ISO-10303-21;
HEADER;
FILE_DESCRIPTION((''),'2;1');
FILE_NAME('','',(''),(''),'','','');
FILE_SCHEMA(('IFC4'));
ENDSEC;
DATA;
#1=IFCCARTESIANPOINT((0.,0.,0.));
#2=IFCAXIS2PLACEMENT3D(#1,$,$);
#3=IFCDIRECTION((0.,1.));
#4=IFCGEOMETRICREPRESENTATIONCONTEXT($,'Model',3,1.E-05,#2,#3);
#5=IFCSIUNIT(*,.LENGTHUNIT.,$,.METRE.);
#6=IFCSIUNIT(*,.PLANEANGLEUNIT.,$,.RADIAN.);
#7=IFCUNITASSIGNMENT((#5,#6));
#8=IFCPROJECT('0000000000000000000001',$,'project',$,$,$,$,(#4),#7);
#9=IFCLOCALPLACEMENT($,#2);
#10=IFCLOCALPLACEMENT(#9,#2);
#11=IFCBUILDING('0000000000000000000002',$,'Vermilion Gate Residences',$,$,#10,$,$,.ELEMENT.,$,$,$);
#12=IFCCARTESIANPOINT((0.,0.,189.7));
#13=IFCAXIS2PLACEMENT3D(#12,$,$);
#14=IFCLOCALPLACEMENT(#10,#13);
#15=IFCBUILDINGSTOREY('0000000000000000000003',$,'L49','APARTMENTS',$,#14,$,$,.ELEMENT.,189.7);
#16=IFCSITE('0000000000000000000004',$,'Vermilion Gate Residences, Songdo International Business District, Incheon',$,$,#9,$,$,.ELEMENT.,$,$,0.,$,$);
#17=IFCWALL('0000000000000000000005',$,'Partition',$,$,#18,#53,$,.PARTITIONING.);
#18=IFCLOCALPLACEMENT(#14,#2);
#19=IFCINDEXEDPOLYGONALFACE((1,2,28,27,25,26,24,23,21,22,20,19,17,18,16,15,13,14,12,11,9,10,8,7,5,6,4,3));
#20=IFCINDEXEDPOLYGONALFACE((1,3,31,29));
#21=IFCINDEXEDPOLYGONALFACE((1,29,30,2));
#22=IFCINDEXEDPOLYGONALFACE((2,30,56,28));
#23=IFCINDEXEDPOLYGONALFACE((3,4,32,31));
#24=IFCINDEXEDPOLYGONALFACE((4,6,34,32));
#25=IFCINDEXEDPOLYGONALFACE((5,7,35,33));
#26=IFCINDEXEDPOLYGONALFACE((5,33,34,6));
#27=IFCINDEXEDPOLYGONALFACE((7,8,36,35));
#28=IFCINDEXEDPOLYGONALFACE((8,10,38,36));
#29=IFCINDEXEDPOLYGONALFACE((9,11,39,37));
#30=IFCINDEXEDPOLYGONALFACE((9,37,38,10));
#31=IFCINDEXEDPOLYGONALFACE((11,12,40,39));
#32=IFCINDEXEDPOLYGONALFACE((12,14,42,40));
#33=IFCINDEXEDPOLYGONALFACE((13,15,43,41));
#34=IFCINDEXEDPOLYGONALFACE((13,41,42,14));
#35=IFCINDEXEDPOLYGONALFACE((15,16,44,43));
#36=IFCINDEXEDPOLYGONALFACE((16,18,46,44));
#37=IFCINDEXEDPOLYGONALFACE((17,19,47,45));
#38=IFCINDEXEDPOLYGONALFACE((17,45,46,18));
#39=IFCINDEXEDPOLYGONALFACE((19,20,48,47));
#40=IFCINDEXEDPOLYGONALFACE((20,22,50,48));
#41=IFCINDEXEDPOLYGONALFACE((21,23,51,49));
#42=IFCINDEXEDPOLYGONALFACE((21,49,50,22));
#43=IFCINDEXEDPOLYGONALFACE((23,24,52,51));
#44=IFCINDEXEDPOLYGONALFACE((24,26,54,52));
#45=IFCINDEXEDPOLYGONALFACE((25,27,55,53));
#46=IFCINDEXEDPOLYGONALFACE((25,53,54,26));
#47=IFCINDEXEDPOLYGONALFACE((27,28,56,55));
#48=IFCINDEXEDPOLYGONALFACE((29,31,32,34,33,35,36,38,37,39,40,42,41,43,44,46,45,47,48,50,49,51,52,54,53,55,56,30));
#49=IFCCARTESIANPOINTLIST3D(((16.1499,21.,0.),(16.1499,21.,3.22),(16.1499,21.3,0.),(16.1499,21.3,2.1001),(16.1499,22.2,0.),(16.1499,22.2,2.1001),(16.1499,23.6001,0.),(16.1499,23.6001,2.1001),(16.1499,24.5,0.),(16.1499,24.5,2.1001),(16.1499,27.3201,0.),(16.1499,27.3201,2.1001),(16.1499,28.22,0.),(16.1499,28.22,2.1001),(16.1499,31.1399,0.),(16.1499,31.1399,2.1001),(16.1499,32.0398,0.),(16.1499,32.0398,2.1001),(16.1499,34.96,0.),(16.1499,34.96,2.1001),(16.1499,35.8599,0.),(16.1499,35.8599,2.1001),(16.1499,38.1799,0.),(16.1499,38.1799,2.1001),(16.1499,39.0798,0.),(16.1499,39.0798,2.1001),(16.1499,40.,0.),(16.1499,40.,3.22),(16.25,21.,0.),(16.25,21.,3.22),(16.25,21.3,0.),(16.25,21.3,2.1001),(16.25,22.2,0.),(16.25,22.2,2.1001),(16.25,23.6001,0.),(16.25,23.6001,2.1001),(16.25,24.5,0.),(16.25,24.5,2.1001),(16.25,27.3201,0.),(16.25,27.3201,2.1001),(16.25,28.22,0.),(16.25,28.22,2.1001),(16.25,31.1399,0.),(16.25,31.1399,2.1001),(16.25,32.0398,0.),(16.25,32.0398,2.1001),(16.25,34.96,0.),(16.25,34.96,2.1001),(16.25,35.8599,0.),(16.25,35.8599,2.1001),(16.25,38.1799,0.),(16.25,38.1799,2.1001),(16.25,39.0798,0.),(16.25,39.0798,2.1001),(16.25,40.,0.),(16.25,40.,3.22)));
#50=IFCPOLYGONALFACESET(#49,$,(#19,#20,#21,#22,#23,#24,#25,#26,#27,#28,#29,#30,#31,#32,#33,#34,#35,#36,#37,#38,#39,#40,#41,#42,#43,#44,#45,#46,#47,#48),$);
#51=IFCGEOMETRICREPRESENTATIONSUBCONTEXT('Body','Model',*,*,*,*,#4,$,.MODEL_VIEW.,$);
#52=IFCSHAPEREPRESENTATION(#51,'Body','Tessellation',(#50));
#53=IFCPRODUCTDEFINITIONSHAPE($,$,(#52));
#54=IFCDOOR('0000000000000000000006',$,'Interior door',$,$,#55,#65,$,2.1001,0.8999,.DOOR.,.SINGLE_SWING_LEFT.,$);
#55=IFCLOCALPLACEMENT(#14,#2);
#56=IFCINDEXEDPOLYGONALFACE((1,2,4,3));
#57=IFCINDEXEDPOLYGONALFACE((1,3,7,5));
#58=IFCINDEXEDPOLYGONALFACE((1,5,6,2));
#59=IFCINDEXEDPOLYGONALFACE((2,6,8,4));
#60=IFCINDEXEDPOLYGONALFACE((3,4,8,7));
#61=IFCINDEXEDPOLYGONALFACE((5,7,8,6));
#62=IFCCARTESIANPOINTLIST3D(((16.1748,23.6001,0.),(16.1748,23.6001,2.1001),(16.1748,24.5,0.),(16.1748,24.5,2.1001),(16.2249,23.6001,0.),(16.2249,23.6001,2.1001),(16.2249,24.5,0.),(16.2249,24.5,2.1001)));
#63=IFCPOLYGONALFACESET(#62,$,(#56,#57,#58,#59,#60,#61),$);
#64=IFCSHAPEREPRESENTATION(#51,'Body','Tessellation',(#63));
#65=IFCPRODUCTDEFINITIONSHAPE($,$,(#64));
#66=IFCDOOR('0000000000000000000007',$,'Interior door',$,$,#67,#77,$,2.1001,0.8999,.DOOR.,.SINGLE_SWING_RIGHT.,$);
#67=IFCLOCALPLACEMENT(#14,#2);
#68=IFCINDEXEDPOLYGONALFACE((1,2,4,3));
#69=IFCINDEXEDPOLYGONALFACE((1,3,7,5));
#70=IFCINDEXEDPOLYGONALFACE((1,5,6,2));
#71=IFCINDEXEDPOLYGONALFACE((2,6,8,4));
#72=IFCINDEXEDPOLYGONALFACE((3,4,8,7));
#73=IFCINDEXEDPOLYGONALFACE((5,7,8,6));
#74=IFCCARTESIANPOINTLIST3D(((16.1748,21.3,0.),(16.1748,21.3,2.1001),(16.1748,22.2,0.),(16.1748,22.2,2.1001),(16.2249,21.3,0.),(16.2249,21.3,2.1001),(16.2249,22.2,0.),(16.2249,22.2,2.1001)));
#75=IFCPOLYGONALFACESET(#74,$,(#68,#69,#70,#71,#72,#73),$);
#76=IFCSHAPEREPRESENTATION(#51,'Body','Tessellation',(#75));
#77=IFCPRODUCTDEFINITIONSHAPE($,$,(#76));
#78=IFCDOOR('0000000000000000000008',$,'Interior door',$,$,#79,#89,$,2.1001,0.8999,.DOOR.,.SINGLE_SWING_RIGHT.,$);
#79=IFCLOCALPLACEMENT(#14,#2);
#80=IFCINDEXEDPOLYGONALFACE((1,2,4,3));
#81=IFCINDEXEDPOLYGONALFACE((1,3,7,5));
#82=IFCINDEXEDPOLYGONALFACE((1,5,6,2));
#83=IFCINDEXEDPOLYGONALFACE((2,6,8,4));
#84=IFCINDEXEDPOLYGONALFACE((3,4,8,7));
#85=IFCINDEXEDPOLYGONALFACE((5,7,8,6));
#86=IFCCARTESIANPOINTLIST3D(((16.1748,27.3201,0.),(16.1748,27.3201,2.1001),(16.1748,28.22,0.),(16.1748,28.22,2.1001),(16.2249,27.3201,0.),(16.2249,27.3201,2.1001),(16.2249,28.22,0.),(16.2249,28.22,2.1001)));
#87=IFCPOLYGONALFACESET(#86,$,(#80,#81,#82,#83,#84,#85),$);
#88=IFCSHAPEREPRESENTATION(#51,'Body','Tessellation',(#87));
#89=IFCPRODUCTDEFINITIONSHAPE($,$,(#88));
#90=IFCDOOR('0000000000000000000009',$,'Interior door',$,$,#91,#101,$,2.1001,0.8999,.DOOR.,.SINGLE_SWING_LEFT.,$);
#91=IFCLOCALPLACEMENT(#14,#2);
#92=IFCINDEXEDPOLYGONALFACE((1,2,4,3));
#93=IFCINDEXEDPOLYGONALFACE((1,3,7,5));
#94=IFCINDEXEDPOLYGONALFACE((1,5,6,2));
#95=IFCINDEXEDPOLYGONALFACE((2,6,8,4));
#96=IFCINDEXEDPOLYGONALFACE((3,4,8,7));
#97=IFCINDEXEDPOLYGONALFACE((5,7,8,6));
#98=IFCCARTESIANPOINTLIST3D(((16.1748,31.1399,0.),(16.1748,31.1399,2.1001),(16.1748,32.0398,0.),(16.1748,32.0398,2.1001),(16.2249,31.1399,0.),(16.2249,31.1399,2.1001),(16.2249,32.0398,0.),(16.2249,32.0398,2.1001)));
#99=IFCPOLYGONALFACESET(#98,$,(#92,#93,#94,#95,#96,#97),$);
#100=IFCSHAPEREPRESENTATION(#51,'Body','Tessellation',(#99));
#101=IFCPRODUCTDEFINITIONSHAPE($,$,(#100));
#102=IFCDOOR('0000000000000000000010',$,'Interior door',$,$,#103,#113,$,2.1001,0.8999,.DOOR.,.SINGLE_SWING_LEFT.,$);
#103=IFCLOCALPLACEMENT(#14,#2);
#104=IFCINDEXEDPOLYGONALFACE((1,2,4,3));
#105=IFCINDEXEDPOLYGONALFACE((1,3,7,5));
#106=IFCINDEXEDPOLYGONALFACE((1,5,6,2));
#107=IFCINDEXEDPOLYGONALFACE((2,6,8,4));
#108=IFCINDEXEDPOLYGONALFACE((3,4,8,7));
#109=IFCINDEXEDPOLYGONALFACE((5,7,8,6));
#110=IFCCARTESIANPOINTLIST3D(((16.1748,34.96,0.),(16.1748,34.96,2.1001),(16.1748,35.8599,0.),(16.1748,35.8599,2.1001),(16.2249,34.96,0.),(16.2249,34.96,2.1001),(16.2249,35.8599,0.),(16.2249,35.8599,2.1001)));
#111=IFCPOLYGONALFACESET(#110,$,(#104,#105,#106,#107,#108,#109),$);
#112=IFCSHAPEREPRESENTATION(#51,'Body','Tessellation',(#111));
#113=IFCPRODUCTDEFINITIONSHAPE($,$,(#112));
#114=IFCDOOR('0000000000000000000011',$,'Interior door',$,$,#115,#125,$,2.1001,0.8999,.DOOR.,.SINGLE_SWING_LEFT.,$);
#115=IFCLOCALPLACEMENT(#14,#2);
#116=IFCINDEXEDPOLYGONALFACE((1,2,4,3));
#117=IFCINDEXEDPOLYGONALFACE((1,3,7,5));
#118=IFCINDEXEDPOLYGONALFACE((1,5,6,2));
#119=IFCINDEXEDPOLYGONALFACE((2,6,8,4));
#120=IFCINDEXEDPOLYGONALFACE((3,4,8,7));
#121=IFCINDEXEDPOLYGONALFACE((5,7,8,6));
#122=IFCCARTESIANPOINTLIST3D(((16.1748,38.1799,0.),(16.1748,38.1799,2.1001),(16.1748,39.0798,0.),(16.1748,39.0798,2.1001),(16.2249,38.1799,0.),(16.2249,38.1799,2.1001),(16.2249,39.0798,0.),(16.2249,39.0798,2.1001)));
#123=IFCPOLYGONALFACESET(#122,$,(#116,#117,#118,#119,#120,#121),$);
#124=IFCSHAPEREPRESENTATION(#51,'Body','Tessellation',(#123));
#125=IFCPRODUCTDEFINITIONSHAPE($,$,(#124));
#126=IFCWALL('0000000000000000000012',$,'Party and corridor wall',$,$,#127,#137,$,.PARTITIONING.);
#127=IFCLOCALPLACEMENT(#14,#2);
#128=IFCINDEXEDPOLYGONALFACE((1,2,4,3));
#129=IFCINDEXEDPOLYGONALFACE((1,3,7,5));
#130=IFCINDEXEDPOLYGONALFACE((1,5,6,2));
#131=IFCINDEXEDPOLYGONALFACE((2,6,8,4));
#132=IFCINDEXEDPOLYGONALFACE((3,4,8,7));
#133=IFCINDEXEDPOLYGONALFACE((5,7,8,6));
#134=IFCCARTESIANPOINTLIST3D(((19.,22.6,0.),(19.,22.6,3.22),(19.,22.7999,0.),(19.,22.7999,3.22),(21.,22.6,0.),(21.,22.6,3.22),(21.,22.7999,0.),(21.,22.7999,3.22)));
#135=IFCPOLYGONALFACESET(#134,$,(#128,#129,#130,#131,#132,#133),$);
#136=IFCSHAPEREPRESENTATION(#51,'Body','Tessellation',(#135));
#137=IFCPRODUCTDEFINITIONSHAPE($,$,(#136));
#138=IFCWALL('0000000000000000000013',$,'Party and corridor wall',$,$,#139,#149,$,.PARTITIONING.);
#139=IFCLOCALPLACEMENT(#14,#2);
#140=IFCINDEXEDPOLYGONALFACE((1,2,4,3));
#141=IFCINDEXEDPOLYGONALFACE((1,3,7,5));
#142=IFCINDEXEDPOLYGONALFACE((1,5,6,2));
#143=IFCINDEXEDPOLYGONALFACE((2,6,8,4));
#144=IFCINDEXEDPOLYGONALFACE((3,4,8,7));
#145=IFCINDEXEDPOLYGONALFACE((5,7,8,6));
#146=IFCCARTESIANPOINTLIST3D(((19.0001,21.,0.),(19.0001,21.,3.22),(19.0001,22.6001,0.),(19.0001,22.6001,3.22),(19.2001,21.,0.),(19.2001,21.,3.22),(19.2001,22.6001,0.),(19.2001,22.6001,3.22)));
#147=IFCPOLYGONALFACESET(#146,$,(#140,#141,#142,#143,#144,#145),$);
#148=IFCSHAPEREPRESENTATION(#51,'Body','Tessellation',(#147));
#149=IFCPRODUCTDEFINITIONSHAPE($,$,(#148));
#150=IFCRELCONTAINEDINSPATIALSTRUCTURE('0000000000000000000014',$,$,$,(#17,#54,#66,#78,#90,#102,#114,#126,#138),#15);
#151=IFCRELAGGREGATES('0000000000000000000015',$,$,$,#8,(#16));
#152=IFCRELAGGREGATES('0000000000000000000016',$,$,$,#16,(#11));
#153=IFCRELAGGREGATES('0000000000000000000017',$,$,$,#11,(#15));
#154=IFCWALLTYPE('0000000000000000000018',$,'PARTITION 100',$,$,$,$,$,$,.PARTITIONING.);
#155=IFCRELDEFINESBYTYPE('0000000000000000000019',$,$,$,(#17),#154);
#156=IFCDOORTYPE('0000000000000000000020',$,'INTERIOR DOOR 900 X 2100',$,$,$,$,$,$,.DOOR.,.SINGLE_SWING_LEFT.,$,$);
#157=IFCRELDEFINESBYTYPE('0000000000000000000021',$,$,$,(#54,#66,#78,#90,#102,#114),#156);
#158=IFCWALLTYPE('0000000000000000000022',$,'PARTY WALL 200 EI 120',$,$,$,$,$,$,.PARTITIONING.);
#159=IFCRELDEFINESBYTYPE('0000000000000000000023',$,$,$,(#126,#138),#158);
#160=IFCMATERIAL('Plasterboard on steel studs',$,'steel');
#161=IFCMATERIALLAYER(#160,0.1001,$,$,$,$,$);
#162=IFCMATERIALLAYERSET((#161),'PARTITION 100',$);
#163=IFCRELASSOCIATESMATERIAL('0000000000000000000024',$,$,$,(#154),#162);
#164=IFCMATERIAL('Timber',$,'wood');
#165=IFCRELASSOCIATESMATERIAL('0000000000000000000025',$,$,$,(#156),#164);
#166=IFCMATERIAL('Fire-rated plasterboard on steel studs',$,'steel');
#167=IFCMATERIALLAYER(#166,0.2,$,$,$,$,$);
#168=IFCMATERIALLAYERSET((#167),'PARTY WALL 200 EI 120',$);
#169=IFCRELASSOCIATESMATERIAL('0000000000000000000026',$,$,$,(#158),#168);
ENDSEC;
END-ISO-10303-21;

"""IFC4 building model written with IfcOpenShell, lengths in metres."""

from ifc_helpers import new_model, si_unit, direction, frame, frame_2d, origin, place, context, subcontext, project, spatial, rectangle, extrude, material, layer, layer_set, type_object, element, fill, save


model = new_model("IFC4")

# Units and contexts
model_context = context("Model", 3, precision=1e-05, world=origin(), true_north=direction((0.0, 1.0)))
body_context = subcontext(model_context, "Body", "Model", "MODEL_VIEW")
ifc_project = project(units=[si_unit("LENGTHUNIT", "METRE"), si_unit("PLANEANGLEUNIT", "RADIAN")], contexts=[model_context])

# Site, building, storey
site_placement = place(None, origin())
site = spatial("IfcSite", under=ifc_project, at=site_placement, Name="Vermilion Gate Residences, Songdo International Business District, Incheon", CompositionType="ELEMENT", RefElevation=0.0)
building_placement = place(site_placement, origin())
building = spatial("IfcBuilding", under=site, at=building_placement, Name="Vermilion Gate Residences", CompositionType="ELEMENT")
storey_placement = place(building_placement, frame((0.0, 0.0, 189.7)))
storey = spatial("IfcBuildingStorey", under=building, at=storey_placement, Name="L49", Description="APARTMENTS", CompositionType="ELEMENT", Elevation=189.7)

# Shared definitions
ifc_material_1 = material(Name="Plasterboard on steel studs", Category="steel")
ifc_layer_1 = layer(ifc_material_1, 0.1001)
ifc_layer_set_1 = layer_set([ifc_layer_1], Name="PARTITION 100")
wall_type_1 = type_object("IfcWallType", Name="PARTITION 100", PredefinedType="PARTITIONING", material=ifc_layer_set_1)

# Wall, openings, doors
wall_1_placement = place(storey_placement, frame((16.2, 21.0, 0.0), z_axis=(0.0, 0.0, 1.0), x_axis=(0.0, 1.0, 0.0)))
wall_1 = element("IfcWall", 1, at=wall_1_placement, inside=storey, type_object=wall_type_1, Name="Partition", PredefinedType="PARTITIONING", context=body_context, shape_type="SweptSolid", body=[
    extrude(rectangle(XDim=19.0, YDim=0.1001, at=frame_2d((9.5, 0.0))), origin(), (0.0, 0.0, 1.0), 3.22),
])
opening_1_placement = place(wall_1_placement, frame((2.6001, 0.0, 0.0)))
opening_1 = element("IfcOpeningElement", 2, at=opening_1_placement, cuts=wall_1, PredefinedType="OPENING", context=body_context, shape_type="SweptSolid", body=[
    extrude(rectangle(XDim=0.8999, YDim=2.1001, at=frame_2d((0.45, 1.05))), frame((0.0, 0.0601, 0.0), z_axis=(0.0, -1.0, 0.0), x_axis=(1.0, 0.0, 0.0)), (0.0, 0.0, 1.0), 0.1201),
])
opening_2_placement = place(wall_1_placement, frame((0.3, 0.0, 0.0)))
opening_2 = element("IfcOpeningElement", 3, at=opening_2_placement, cuts=wall_1, PredefinedType="OPENING", context=body_context, shape_type="SweptSolid", body=[
    extrude(rectangle(XDim=0.8999, YDim=2.1001, at=frame_2d((0.45, 1.05))), frame((0.0, 0.0601, 0.0), z_axis=(0.0, -1.0, 0.0), x_axis=(1.0, 0.0, 0.0)), (0.0, 0.0, 1.0), 0.1201),
])
opening_3_placement = place(wall_1_placement, frame((6.3201, 0.0, 0.0)))
opening_3 = element("IfcOpeningElement", 4, at=opening_3_placement, cuts=wall_1, PredefinedType="OPENING", context=body_context, shape_type="SweptSolid", body=[
    extrude(rectangle(XDim=0.8999, YDim=2.1001, at=frame_2d((0.45, 1.05))), frame((0.0, 0.0601, 0.0), z_axis=(0.0, -1.0, 0.0), x_axis=(1.0, 0.0, 0.0)), (0.0, 0.0, 1.0), 0.1201),
])
opening_4_placement = place(wall_1_placement, frame((10.1399, 0.0, 0.0)))
opening_4 = element("IfcOpeningElement", 5, at=opening_4_placement, cuts=wall_1, PredefinedType="OPENING", context=body_context, shape_type="SweptSolid", body=[
    extrude(rectangle(XDim=0.8999, YDim=2.1001, at=frame_2d((0.45, 1.05))), frame((0.0, 0.0601, 0.0), z_axis=(0.0, -1.0, 0.0), x_axis=(1.0, 0.0, 0.0)), (0.0, 0.0, 1.0), 0.1201),
])
opening_5_placement = place(wall_1_placement, frame((13.96, 0.0, 0.0)))
opening_5 = element("IfcOpeningElement", 6, at=opening_5_placement, cuts=wall_1, PredefinedType="OPENING", context=body_context, shape_type="SweptSolid", body=[
    extrude(rectangle(XDim=0.8999, YDim=2.1001, at=frame_2d((0.45, 1.05))), frame((0.0, 0.0601, 0.0), z_axis=(0.0, -1.0, 0.0), x_axis=(1.0, 0.0, 0.0)), (0.0, 0.0, 1.0), 0.1201),
])
opening_6_placement = place(wall_1_placement, frame((17.1799, 0.0, 0.0)))
opening_6 = element("IfcOpeningElement", 7, at=opening_6_placement, cuts=wall_1, PredefinedType="OPENING", context=body_context, shape_type="SweptSolid", body=[
    extrude(rectangle(XDim=0.8999, YDim=2.1001, at=frame_2d((0.45, 1.05))), frame((0.0, 0.0601, 0.0), z_axis=(0.0, -1.0, 0.0), x_axis=(1.0, 0.0, 0.0)), (0.0, 0.0, 1.0), 0.1201),
])
ifc_material_2 = material(Name="Timber", Category="wood")
door_type_1 = type_object("IfcDoorType", Name="INTERIOR DOOR 900 X 2100", OperationType="SINGLE_SWING_LEFT", PredefinedType="DOOR", material=ifc_material_2)
door_1_placement = place(opening_1_placement, frame((0.8999, 0.0, 0.0), z_axis=(0.0, 0.0, 1.0), x_axis=(-1.0, 0.0, 0.0)))
door_1 = element("IfcDoor", 8, at=door_1_placement, inside=storey, type_object=door_type_1, Name="Interior door", OperationType="SINGLE_SWING_LEFT", OverallHeight=2.1001, OverallWidth=0.8999, PredefinedType="DOOR", context=body_context, shape_type="SweptSolid", body=[
    extrude(rectangle(XDim=0.8999, YDim=2.1001, at=frame_2d((0.45, 1.05))), frame((0.0, 0.0249, 0.0), z_axis=(0.0, -1.0, 0.0), x_axis=(1.0, 0.0, 0.0)), (0.0, 0.0, 1.0), 0.05),
])
fill(opening_1, door_1)
door_2_placement = place(opening_2_placement, frame((0.8999, 0.0, 0.0), z_axis=(0.0, 0.0, 1.0), x_axis=(-1.0, 0.0, 0.0)))
door_2 = element("IfcDoor", 9, at=door_2_placement, inside=storey, type_object=door_type_1, Name="Interior door", OperationType="SINGLE_SWING_RIGHT", OverallHeight=2.1001, OverallWidth=0.8999, PredefinedType="DOOR", context=body_context, shape_type="SweptSolid", body=[
    extrude(rectangle(XDim=0.8999, YDim=2.1001, at=frame_2d((0.45, 1.05))), frame((0.0, 0.0249, 0.0), z_axis=(0.0, -1.0, 0.0), x_axis=(1.0, 0.0, 0.0)), (0.0, 0.0, 1.0), 0.05),
])
fill(opening_2, door_2)
door_3_placement = place(opening_3_placement, frame((0.8999, 0.0, 0.0), z_axis=(0.0, 0.0, 1.0), x_axis=(-1.0, 0.0, 0.0)))
door_3 = element("IfcDoor", 10, at=door_3_placement, inside=storey, type_object=door_type_1, Name="Interior door", OperationType="SINGLE_SWING_RIGHT", OverallHeight=2.1001, OverallWidth=0.8999, PredefinedType="DOOR", context=body_context, shape_type="SweptSolid", body=[
    extrude(rectangle(XDim=0.8999, YDim=2.1001, at=frame_2d((0.45, 1.05))), frame((0.0, 0.0249, 0.0), z_axis=(0.0, -1.0, 0.0), x_axis=(1.0, 0.0, 0.0)), (0.0, 0.0, 1.0), 0.05),
])
fill(opening_3, door_3)
door_4_placement = place(opening_4_placement, frame((0.8999, 0.0, 0.0), z_axis=(0.0, 0.0, 1.0), x_axis=(-1.0, 0.0, 0.0)))
door_4 = element("IfcDoor", 11, at=door_4_placement, inside=storey, type_object=door_type_1, Name="Interior door", OperationType="SINGLE_SWING_LEFT", OverallHeight=2.1001, OverallWidth=0.8999, PredefinedType="DOOR", context=body_context, shape_type="SweptSolid", body=[
    extrude(rectangle(XDim=0.8999, YDim=2.1001, at=frame_2d((0.45, 1.05))), frame((0.0, 0.0249, 0.0), z_axis=(0.0, -1.0, 0.0), x_axis=(1.0, 0.0, 0.0)), (0.0, 0.0, 1.0), 0.05),
])
fill(opening_4, door_4)
door_5_placement = place(opening_5_placement, frame((0.8999, 0.0, 0.0), z_axis=(0.0, 0.0, 1.0), x_axis=(-1.0, 0.0, 0.0)))
door_5 = element("IfcDoor", 12, at=door_5_placement, inside=storey, type_object=door_type_1, Name="Interior door", OperationType="SINGLE_SWING_LEFT", OverallHeight=2.1001, OverallWidth=0.8999, PredefinedType="DOOR", context=body_context, shape_type="SweptSolid", body=[
    extrude(rectangle(XDim=0.8999, YDim=2.1001, at=frame_2d((0.45, 1.05))), frame((0.0, 0.0249, 0.0), z_axis=(0.0, -1.0, 0.0), x_axis=(1.0, 0.0, 0.0)), (0.0, 0.0, 1.0), 0.05),
])
fill(opening_5, door_5)
door_6_placement = place(opening_6_placement, frame((0.8999, 0.0, 0.0), z_axis=(0.0, 0.0, 1.0), x_axis=(-1.0, 0.0, 0.0)))
door_6 = element("IfcDoor", 13, at=door_6_placement, inside=storey, type_object=door_type_1, Name="Interior door", OperationType="SINGLE_SWING_LEFT", OverallHeight=2.1001, OverallWidth=0.8999, PredefinedType="DOOR", context=body_context, shape_type="SweptSolid", body=[
    extrude(rectangle(XDim=0.8999, YDim=2.1001, at=frame_2d((0.45, 1.05))), frame((0.0, 0.0249, 0.0), z_axis=(0.0, -1.0, 0.0), x_axis=(1.0, 0.0, 0.0)), (0.0, 0.0, 1.0), 0.05),
])
fill(opening_6, door_6)

# Walls
ifc_material_3 = material(Name="Fire-rated plasterboard on steel studs", Category="steel")
ifc_layer_2 = layer(ifc_material_3, 0.2)
ifc_layer_set_2 = layer_set([ifc_layer_2], Name="PARTY WALL 200 EI 120")
wall_type_2 = type_object("IfcWallType", Name="PARTY WALL 200 EI 120", PredefinedType="PARTITIONING", material=ifc_layer_set_2)
wall_2_placement = place(storey_placement, frame((19.0, 22.7, 0.0), z_axis=(0.0, 0.0, 1.0), x_axis=(1.0, 0.0, 0.0)))
element("IfcWall", 14, at=wall_2_placement, inside=storey, type_object=wall_type_2, Name="Party and corridor wall", PredefinedType="PARTITIONING", context=body_context, shape_type="SweptSolid", body=[
    extrude(rectangle(XDim=2.0, YDim=0.2, at=frame_2d((1.0, 0.0))), origin(), (0.0, 0.0, 1.0), 3.22),
])
wall_3_placement = place(storey_placement, frame((19.1001, 21.0, 0.0), z_axis=(0.0, 0.0, 1.0), x_axis=(0.0, 1.0, 0.0)))
element("IfcWall", 15, at=wall_3_placement, inside=storey, type_object=wall_type_2, Name="Party and corridor wall", PredefinedType="PARTITIONING", context=body_context, shape_type="SweptSolid", body=[
    extrude(rectangle(XDim=1.6001, YDim=0.2, at=frame_2d((0.8, 0.0))), origin(), (0.0, 0.0, 1.0), 3.22),
])

save(model, "model.ifc")
